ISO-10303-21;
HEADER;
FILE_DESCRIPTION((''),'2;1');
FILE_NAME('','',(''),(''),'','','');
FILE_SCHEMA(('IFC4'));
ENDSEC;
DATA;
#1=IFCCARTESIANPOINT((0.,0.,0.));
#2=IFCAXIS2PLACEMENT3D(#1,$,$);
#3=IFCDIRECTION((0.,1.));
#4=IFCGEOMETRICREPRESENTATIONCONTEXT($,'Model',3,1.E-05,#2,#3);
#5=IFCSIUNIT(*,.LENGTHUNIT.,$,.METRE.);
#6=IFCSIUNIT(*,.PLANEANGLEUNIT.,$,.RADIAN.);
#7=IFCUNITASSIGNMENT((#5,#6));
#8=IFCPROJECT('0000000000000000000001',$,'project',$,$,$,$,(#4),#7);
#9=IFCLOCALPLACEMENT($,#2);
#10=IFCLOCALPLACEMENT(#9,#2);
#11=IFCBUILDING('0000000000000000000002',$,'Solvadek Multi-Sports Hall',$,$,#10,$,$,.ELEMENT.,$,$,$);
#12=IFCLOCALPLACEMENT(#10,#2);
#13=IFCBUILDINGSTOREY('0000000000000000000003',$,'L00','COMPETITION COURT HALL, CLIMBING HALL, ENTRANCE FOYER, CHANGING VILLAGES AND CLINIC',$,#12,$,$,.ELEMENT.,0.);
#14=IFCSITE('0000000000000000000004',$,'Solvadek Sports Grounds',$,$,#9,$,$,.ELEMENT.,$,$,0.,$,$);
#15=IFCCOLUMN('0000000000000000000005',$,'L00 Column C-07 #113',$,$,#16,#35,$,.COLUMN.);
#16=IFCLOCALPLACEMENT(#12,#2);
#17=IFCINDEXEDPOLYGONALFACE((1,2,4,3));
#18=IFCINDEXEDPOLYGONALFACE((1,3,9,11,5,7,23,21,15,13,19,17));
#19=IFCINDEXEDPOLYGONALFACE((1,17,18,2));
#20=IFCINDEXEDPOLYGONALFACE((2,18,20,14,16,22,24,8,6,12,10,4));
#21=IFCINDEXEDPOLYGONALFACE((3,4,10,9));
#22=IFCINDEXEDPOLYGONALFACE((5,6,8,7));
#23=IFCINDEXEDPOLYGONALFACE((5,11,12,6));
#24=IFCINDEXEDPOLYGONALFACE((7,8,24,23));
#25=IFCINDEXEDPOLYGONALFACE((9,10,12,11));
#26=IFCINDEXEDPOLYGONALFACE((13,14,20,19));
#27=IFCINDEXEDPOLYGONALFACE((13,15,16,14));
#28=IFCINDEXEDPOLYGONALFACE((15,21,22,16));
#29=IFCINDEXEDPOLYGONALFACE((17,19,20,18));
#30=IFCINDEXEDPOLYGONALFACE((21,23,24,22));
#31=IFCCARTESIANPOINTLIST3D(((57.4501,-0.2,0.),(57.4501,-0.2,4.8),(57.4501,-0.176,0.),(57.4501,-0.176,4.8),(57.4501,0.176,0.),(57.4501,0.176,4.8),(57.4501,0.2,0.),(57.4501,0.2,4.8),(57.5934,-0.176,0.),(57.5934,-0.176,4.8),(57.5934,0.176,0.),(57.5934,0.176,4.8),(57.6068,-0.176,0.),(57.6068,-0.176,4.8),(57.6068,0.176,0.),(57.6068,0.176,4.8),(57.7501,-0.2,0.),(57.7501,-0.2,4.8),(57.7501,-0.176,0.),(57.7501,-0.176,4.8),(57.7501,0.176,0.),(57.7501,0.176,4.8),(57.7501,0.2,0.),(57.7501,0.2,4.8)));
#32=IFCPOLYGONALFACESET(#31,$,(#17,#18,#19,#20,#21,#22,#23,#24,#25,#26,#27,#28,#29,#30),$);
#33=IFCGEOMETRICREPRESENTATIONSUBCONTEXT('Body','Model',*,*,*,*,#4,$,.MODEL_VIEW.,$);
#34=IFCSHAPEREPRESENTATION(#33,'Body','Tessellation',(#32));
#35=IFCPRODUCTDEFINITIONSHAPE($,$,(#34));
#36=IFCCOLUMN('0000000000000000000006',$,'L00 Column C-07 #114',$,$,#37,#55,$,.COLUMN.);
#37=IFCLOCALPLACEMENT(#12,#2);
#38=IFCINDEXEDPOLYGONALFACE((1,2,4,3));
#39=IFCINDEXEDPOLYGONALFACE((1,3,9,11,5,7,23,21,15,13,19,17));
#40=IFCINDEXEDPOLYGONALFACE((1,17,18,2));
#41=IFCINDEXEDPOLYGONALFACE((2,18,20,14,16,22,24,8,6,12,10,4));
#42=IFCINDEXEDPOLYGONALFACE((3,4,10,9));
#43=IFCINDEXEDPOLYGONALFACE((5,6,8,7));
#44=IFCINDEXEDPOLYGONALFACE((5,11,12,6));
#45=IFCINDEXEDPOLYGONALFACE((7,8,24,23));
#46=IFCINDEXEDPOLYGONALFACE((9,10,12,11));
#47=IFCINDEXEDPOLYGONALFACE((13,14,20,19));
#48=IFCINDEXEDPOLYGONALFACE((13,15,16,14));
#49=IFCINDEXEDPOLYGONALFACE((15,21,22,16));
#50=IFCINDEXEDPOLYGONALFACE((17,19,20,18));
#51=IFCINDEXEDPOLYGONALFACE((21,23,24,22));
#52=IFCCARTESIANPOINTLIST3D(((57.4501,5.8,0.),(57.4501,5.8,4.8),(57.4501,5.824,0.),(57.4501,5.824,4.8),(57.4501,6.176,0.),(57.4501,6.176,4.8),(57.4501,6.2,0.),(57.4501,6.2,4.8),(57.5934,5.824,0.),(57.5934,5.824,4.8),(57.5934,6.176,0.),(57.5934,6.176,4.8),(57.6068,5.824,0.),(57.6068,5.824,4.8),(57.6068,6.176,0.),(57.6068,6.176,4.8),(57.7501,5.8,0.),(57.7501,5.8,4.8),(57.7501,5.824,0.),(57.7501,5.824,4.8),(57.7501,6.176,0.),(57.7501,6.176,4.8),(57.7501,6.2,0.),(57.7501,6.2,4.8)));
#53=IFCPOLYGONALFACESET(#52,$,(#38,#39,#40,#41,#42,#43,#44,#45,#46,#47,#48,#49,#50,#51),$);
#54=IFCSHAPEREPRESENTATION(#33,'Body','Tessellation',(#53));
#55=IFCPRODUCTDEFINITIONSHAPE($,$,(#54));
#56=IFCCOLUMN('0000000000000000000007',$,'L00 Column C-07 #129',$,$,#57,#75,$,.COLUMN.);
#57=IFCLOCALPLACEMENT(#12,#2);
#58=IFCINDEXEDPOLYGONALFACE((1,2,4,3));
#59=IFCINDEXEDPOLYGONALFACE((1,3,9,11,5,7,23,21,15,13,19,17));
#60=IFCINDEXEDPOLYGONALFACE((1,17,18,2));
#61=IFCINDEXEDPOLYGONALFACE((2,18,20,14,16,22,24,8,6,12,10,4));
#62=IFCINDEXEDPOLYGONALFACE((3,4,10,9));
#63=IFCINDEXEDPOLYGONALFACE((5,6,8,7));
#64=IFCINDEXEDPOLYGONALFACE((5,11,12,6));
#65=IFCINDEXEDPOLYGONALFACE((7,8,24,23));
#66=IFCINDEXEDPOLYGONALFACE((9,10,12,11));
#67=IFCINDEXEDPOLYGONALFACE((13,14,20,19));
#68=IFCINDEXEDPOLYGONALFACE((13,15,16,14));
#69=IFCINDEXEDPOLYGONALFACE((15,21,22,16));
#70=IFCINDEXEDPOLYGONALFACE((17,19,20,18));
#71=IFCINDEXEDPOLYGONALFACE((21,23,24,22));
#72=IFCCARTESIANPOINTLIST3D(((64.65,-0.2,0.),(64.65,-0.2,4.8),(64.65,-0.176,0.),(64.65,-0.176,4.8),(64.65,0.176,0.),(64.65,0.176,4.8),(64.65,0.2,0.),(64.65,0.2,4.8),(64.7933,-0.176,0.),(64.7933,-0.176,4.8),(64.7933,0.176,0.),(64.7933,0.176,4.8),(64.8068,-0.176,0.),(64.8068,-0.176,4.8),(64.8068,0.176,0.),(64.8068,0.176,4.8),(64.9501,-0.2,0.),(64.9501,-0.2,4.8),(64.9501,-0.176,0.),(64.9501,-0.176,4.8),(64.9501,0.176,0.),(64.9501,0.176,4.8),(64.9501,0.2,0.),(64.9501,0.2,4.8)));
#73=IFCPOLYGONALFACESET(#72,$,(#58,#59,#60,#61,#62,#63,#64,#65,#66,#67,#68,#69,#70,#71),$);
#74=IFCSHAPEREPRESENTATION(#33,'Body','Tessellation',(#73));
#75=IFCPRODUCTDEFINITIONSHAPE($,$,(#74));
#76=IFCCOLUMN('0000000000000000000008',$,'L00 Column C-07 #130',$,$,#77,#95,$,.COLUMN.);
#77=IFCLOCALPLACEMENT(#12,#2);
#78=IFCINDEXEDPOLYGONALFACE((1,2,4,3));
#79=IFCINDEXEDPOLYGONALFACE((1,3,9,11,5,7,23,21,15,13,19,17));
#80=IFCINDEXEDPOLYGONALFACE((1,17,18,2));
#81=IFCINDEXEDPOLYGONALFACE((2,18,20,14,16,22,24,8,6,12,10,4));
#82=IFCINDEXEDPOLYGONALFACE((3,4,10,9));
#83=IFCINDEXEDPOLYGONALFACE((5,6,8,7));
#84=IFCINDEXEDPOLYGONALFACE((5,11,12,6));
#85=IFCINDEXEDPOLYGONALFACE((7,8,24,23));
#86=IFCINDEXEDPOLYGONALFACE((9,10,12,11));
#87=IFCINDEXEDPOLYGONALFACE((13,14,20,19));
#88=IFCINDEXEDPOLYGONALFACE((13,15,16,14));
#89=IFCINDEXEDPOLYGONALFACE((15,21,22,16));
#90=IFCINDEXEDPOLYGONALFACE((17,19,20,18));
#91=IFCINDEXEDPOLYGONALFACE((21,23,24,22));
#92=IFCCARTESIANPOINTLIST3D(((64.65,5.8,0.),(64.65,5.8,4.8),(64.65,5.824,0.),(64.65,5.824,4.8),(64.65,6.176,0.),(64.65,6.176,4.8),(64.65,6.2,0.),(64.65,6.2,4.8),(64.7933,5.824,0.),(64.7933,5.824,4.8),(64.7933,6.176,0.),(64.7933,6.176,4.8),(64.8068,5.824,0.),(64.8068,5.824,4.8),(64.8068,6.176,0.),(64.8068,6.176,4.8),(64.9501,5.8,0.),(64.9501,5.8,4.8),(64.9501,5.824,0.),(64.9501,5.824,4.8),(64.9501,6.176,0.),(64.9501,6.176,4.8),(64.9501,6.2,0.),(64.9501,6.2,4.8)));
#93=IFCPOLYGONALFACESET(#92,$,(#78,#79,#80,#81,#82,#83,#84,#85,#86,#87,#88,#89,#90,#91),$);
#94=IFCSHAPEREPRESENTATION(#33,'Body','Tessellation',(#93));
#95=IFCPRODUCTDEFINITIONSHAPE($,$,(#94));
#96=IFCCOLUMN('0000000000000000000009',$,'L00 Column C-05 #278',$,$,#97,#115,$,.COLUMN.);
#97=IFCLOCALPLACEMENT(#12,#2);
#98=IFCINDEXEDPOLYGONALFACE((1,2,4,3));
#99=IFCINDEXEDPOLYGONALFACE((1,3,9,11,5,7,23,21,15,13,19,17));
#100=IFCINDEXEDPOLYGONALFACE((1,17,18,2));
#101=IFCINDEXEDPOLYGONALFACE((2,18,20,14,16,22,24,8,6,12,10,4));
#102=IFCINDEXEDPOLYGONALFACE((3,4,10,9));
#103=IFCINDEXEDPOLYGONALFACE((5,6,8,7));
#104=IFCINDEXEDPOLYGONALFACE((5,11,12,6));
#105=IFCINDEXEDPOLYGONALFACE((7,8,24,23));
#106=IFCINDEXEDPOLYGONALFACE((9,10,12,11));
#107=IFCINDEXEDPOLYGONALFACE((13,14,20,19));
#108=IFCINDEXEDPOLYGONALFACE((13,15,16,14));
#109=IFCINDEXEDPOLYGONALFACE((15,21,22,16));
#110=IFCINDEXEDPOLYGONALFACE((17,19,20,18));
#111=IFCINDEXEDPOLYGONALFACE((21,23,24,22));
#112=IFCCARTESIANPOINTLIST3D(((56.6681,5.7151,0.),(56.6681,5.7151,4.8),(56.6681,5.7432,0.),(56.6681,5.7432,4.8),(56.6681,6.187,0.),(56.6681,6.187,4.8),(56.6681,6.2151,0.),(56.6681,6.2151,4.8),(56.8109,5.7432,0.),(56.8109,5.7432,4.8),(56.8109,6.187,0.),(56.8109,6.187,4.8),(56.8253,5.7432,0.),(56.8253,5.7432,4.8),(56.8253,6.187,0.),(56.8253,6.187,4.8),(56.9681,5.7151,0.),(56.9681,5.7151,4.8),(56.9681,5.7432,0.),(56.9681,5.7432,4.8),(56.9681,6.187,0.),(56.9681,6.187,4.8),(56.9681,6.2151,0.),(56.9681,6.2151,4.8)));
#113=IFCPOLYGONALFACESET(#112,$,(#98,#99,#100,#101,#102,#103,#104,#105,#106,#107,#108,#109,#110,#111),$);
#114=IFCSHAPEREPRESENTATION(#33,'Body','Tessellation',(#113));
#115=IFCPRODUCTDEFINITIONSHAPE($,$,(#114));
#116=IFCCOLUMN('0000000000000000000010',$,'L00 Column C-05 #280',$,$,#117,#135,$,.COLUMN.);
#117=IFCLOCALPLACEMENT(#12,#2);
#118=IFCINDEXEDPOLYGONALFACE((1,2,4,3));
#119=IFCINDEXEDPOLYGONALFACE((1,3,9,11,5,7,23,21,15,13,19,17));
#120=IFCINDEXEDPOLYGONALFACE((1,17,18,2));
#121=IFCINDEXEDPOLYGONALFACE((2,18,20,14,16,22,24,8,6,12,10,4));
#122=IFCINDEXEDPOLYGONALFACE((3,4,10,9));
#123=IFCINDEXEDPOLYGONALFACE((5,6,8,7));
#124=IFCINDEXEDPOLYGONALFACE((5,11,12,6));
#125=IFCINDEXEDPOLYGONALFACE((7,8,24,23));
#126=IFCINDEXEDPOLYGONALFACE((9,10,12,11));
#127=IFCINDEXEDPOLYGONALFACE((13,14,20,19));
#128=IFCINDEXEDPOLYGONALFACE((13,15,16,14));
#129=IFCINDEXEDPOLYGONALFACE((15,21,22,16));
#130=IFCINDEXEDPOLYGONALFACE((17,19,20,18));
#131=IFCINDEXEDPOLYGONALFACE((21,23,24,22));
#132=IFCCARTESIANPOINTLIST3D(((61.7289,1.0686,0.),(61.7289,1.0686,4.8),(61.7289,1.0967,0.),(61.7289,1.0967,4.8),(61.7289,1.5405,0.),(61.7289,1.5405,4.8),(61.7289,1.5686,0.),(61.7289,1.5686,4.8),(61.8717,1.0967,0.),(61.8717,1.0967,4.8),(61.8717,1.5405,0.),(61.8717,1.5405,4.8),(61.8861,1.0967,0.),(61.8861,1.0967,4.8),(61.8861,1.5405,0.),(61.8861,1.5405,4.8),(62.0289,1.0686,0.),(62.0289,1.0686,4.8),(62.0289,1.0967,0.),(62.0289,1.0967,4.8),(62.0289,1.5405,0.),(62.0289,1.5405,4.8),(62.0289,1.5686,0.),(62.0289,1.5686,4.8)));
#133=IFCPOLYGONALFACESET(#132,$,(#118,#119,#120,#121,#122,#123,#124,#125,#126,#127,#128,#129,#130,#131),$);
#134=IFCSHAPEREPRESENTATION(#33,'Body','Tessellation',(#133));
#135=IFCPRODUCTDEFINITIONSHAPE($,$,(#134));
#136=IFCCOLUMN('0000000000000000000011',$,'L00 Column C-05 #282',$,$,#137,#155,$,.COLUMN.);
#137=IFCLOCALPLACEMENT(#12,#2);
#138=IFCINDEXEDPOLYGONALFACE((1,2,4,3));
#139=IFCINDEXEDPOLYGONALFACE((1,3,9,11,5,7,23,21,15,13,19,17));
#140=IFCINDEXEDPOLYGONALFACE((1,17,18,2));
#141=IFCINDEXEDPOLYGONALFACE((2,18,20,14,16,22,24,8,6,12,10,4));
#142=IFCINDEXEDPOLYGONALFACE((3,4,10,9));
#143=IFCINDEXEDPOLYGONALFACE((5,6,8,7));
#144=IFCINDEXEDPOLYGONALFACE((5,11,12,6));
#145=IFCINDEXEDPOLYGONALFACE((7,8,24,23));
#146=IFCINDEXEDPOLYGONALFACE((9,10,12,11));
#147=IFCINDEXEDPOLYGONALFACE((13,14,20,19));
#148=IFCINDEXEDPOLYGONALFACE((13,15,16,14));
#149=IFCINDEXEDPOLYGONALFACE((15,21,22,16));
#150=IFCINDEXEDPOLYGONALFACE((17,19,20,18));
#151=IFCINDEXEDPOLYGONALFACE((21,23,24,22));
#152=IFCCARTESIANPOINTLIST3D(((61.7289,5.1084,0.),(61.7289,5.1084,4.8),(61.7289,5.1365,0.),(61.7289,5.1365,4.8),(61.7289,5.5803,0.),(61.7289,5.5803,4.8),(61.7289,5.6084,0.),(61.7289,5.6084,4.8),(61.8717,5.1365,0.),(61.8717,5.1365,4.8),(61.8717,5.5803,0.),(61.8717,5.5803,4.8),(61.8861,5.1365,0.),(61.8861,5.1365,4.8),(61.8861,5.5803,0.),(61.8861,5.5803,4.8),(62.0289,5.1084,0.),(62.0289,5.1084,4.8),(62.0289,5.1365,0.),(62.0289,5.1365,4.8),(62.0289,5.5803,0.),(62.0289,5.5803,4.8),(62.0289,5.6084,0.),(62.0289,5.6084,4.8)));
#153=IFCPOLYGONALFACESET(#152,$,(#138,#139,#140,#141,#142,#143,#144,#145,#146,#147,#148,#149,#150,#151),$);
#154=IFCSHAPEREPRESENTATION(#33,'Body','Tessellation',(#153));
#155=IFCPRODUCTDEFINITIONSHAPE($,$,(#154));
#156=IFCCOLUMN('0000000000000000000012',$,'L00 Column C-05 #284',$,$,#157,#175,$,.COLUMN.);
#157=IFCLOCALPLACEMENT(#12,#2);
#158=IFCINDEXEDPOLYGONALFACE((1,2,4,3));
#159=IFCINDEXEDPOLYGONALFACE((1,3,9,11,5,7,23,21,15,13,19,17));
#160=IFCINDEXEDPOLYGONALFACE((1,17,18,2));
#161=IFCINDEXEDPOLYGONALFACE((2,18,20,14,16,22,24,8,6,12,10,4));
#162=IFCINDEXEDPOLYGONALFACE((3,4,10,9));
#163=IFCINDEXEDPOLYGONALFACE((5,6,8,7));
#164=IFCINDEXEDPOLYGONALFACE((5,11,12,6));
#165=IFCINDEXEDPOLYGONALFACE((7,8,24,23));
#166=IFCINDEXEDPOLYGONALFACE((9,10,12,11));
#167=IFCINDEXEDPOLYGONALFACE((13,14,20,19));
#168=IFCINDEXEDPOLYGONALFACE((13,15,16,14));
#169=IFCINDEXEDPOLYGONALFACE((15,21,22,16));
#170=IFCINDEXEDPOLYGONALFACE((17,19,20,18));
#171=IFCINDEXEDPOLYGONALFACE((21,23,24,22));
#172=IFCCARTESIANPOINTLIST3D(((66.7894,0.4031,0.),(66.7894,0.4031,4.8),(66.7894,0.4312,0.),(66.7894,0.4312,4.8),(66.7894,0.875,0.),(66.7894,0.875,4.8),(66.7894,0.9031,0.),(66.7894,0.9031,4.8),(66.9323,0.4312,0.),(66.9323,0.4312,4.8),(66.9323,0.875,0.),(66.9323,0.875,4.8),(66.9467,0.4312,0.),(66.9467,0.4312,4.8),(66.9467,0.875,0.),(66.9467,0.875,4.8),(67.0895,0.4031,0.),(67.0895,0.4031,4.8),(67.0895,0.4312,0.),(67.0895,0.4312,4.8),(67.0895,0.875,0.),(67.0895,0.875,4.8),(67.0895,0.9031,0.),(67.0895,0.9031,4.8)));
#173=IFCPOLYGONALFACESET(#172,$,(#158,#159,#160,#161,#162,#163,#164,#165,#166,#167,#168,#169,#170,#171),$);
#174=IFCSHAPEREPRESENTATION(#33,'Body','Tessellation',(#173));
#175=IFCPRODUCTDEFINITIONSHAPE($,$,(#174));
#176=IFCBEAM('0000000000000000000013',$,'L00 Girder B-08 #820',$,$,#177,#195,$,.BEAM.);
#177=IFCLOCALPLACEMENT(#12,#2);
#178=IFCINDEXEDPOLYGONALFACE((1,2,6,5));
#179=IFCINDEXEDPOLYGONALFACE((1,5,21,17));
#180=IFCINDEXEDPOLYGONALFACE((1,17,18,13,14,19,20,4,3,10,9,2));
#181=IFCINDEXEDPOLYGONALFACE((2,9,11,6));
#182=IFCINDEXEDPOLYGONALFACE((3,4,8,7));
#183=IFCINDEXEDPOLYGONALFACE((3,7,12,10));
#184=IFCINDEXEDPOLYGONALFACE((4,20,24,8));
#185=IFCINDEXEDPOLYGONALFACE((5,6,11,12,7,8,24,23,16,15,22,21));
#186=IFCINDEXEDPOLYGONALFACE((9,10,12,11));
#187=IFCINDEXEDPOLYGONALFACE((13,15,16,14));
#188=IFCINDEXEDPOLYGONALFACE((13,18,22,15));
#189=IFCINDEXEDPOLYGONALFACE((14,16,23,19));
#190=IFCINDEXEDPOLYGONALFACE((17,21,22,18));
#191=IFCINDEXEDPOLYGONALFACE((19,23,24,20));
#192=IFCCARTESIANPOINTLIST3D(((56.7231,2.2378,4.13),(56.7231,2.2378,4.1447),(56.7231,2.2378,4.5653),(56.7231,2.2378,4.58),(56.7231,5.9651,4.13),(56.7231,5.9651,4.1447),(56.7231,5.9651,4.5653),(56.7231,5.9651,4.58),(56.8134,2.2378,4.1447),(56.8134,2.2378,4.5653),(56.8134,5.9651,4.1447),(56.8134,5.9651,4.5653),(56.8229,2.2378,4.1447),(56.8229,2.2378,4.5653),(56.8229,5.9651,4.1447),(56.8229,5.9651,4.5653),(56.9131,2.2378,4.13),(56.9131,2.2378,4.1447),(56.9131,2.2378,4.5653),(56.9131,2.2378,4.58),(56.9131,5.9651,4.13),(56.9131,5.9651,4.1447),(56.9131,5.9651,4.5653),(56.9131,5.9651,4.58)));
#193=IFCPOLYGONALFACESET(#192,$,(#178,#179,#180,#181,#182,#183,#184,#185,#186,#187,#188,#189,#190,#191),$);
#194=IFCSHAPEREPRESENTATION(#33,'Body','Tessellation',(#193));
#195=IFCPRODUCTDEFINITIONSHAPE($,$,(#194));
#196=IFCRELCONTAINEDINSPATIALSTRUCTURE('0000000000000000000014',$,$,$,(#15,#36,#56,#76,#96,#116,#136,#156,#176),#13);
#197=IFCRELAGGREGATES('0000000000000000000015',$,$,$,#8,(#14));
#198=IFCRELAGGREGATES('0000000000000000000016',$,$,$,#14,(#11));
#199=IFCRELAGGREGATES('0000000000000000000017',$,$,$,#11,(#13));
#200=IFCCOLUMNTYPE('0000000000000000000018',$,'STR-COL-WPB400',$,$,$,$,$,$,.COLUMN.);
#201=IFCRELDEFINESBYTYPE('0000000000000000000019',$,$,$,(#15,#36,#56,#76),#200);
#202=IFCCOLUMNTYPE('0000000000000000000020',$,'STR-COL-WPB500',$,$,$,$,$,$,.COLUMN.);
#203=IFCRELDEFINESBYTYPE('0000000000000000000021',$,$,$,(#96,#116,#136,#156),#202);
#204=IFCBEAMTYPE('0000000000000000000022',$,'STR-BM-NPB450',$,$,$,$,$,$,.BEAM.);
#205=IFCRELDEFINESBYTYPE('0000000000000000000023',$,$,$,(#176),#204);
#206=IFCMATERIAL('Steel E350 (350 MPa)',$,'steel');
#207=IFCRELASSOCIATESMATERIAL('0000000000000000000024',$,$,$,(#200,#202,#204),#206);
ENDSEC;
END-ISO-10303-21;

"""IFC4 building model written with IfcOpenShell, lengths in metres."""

from ifc_helpers import new_model, si_unit, direction, frame, origin, origin_2d, place, context, subcontext, project, spatial, i_section, extrude, material, material_profile, profile_set, type_object, element, save


model = new_model("IFC4")

# Units and contexts
model_context = context("Model", 3, precision=1e-05, world=origin(), true_north=direction((0.0, 1.0)))
body_context = subcontext(model_context, "Body", "Model", "MODEL_VIEW")
ifc_project = project(units=[si_unit("LENGTHUNIT", "METRE"), si_unit("PLANEANGLEUNIT", "RADIAN")], contexts=[model_context])

# Site, building, storey
site_placement = place(None, origin())
site = spatial("IfcSite", under=ifc_project, at=site_placement, Name="Solvadek Sports Grounds", CompositionType="ELEMENT", RefElevation=0.0)
building_placement = place(site_placement, origin())
building = spatial("IfcBuilding", under=site, at=building_placement, Name="Solvadek Multi-Sports Hall", CompositionType="ELEMENT")
storey_placement = place(building_placement, origin())
storey = spatial("IfcBuildingStorey", under=building, at=storey_placement, Name="L00", Description="COMPETITION COURT HALL, CLIMBING HALL, ENTRANCE FOYER, CHANGING VILLAGES AND CLINIC", CompositionType="ELEMENT", Elevation=0.0)

# Columns
ifc_material_1 = material(Name="Steel E350 (350 MPa)", Category="steel")
ifc_material_profile_1 = material_profile(ifc_material_1, i_section(OverallWidth=0.3, OverallDepth=0.3999, WebThickness=0.0134, FlangeThickness=0.0239, at=origin_2d()), Name="WPB 400")
ifc_profile_set_1 = profile_set([ifc_material_profile_1], Name="Steel E350 (350 MPa)")
column_type_1 = type_object("IfcColumnType", Name="STR-COL-WPB400", PredefinedType="COLUMN", material=ifc_profile_set_1)
for number, where, z_axis, x_axis, name in (
    (1, (57.6001, 0.0, 0.0), (0.0, 0.0, 1.0), (1.0, 0.0, 0.0), "L00 Column C-07 #113"),
    (2, (57.6001, 6.0, 0.0), (0.0, 0.0, 1.0), (1.0, 0.0, 0.0), "L00 Column C-07 #114"),
    (3, (64.8, 0.0, 0.0), (0.0, 0.0, 1.0), (1.0, 0.0, 0.0), "L00 Column C-07 #129"),
    (4, (64.8, 6.0, 0.0), (0.0, 0.0, 1.0), (1.0, 0.0, 0.0), "L00 Column C-07 #130"),
):
    element("IfcColumn", number, at=place(storey_placement, frame(where, z_axis=z_axis, x_axis=x_axis)), inside=storey, type_object=column_type_1, Name=name, PredefinedType="COLUMN", context=body_context, shape_type="SweptSolid", body=[
        extrude(i_section(OverallWidth=0.3, OverallDepth=0.3999, WebThickness=0.0134, FlangeThickness=0.0239, at=origin_2d()), origin(), (0.0, 0.0, 1.0), 4.8),
    ])
ifc_material_profile_2 = material_profile(ifc_material_1, i_section(OverallWidth=0.3, OverallDepth=0.5, WebThickness=0.0144, FlangeThickness=0.0281, at=origin_2d()), Name="WPB 500")
ifc_profile_set_2 = profile_set([ifc_material_profile_2], Name="Steel E350 (350 MPa)")
column_type_2 = type_object("IfcColumnType", Name="STR-COL-WPB500", PredefinedType="COLUMN", material=ifc_profile_set_2)
for number, where, z_axis, x_axis, name in (
    (5, (56.8181, 5.9651, 0.0), (0.0, 0.0, 1.0), (1.0, 0.0, 0.0), "L00 Column C-05 #278"),
    (6, (61.8789, 1.3186, 0.0), (0.0, 0.0, 1.0), (1.0, 0.0, 0.0), "L00 Column C-05 #280"),
    (7, (61.8789, 5.3584, 0.0), (0.0, 0.0, 1.0), (1.0, 0.0, 0.0), "L00 Column C-05 #282"),
    (8, (66.9395, 0.6531, 0.0), (0.0, 0.0, 1.0), (1.0, 0.0, 0.0), "L00 Column C-05 #284"),
):
    element("IfcColumn", number, at=place(storey_placement, frame(where, z_axis=z_axis, x_axis=x_axis)), inside=storey, type_object=column_type_2, Name=name, PredefinedType="COLUMN", context=body_context, shape_type="SweptSolid", body=[
        extrude(i_section(OverallWidth=0.3, OverallDepth=0.5, WebThickness=0.0144, FlangeThickness=0.0281, at=origin_2d()), origin(), (0.0, 0.0, 1.0), 4.8),
    ])

# Beam
ifc_material_profile_3 = material_profile(ifc_material_1, i_section(OverallWidth=0.1899, OverallDepth=0.45, WebThickness=0.0095, FlangeThickness=0.0146, at=origin_2d()), Name="NPB 450")
ifc_profile_set_3 = profile_set([ifc_material_profile_3], Name="Steel E350 (350 MPa)")
beam_type_1 = type_object("IfcBeamType", Name="STR-BM-NPB450", PredefinedType="BEAM", material=ifc_profile_set_3)
beam_1_placement = place(storey_placement, frame((56.8181, 2.2378, 4.355), z_axis=(0.0, 1.0, 0.0), x_axis=(-1.0, 0.0, 0.0)))
element("IfcBeam", 9, at=beam_1_placement, inside=storey, type_object=beam_type_1, Name="L00 Girder B-08 #820", PredefinedType="BEAM", context=body_context, shape_type="SweptSolid", body=[
    extrude(i_section(OverallWidth=0.1899, OverallDepth=0.45, WebThickness=0.0095, FlangeThickness=0.0146, at=origin_2d()), origin(), (0.0, 0.0, 1.0), 3.7273),
])

save(model, "model.ifc")
